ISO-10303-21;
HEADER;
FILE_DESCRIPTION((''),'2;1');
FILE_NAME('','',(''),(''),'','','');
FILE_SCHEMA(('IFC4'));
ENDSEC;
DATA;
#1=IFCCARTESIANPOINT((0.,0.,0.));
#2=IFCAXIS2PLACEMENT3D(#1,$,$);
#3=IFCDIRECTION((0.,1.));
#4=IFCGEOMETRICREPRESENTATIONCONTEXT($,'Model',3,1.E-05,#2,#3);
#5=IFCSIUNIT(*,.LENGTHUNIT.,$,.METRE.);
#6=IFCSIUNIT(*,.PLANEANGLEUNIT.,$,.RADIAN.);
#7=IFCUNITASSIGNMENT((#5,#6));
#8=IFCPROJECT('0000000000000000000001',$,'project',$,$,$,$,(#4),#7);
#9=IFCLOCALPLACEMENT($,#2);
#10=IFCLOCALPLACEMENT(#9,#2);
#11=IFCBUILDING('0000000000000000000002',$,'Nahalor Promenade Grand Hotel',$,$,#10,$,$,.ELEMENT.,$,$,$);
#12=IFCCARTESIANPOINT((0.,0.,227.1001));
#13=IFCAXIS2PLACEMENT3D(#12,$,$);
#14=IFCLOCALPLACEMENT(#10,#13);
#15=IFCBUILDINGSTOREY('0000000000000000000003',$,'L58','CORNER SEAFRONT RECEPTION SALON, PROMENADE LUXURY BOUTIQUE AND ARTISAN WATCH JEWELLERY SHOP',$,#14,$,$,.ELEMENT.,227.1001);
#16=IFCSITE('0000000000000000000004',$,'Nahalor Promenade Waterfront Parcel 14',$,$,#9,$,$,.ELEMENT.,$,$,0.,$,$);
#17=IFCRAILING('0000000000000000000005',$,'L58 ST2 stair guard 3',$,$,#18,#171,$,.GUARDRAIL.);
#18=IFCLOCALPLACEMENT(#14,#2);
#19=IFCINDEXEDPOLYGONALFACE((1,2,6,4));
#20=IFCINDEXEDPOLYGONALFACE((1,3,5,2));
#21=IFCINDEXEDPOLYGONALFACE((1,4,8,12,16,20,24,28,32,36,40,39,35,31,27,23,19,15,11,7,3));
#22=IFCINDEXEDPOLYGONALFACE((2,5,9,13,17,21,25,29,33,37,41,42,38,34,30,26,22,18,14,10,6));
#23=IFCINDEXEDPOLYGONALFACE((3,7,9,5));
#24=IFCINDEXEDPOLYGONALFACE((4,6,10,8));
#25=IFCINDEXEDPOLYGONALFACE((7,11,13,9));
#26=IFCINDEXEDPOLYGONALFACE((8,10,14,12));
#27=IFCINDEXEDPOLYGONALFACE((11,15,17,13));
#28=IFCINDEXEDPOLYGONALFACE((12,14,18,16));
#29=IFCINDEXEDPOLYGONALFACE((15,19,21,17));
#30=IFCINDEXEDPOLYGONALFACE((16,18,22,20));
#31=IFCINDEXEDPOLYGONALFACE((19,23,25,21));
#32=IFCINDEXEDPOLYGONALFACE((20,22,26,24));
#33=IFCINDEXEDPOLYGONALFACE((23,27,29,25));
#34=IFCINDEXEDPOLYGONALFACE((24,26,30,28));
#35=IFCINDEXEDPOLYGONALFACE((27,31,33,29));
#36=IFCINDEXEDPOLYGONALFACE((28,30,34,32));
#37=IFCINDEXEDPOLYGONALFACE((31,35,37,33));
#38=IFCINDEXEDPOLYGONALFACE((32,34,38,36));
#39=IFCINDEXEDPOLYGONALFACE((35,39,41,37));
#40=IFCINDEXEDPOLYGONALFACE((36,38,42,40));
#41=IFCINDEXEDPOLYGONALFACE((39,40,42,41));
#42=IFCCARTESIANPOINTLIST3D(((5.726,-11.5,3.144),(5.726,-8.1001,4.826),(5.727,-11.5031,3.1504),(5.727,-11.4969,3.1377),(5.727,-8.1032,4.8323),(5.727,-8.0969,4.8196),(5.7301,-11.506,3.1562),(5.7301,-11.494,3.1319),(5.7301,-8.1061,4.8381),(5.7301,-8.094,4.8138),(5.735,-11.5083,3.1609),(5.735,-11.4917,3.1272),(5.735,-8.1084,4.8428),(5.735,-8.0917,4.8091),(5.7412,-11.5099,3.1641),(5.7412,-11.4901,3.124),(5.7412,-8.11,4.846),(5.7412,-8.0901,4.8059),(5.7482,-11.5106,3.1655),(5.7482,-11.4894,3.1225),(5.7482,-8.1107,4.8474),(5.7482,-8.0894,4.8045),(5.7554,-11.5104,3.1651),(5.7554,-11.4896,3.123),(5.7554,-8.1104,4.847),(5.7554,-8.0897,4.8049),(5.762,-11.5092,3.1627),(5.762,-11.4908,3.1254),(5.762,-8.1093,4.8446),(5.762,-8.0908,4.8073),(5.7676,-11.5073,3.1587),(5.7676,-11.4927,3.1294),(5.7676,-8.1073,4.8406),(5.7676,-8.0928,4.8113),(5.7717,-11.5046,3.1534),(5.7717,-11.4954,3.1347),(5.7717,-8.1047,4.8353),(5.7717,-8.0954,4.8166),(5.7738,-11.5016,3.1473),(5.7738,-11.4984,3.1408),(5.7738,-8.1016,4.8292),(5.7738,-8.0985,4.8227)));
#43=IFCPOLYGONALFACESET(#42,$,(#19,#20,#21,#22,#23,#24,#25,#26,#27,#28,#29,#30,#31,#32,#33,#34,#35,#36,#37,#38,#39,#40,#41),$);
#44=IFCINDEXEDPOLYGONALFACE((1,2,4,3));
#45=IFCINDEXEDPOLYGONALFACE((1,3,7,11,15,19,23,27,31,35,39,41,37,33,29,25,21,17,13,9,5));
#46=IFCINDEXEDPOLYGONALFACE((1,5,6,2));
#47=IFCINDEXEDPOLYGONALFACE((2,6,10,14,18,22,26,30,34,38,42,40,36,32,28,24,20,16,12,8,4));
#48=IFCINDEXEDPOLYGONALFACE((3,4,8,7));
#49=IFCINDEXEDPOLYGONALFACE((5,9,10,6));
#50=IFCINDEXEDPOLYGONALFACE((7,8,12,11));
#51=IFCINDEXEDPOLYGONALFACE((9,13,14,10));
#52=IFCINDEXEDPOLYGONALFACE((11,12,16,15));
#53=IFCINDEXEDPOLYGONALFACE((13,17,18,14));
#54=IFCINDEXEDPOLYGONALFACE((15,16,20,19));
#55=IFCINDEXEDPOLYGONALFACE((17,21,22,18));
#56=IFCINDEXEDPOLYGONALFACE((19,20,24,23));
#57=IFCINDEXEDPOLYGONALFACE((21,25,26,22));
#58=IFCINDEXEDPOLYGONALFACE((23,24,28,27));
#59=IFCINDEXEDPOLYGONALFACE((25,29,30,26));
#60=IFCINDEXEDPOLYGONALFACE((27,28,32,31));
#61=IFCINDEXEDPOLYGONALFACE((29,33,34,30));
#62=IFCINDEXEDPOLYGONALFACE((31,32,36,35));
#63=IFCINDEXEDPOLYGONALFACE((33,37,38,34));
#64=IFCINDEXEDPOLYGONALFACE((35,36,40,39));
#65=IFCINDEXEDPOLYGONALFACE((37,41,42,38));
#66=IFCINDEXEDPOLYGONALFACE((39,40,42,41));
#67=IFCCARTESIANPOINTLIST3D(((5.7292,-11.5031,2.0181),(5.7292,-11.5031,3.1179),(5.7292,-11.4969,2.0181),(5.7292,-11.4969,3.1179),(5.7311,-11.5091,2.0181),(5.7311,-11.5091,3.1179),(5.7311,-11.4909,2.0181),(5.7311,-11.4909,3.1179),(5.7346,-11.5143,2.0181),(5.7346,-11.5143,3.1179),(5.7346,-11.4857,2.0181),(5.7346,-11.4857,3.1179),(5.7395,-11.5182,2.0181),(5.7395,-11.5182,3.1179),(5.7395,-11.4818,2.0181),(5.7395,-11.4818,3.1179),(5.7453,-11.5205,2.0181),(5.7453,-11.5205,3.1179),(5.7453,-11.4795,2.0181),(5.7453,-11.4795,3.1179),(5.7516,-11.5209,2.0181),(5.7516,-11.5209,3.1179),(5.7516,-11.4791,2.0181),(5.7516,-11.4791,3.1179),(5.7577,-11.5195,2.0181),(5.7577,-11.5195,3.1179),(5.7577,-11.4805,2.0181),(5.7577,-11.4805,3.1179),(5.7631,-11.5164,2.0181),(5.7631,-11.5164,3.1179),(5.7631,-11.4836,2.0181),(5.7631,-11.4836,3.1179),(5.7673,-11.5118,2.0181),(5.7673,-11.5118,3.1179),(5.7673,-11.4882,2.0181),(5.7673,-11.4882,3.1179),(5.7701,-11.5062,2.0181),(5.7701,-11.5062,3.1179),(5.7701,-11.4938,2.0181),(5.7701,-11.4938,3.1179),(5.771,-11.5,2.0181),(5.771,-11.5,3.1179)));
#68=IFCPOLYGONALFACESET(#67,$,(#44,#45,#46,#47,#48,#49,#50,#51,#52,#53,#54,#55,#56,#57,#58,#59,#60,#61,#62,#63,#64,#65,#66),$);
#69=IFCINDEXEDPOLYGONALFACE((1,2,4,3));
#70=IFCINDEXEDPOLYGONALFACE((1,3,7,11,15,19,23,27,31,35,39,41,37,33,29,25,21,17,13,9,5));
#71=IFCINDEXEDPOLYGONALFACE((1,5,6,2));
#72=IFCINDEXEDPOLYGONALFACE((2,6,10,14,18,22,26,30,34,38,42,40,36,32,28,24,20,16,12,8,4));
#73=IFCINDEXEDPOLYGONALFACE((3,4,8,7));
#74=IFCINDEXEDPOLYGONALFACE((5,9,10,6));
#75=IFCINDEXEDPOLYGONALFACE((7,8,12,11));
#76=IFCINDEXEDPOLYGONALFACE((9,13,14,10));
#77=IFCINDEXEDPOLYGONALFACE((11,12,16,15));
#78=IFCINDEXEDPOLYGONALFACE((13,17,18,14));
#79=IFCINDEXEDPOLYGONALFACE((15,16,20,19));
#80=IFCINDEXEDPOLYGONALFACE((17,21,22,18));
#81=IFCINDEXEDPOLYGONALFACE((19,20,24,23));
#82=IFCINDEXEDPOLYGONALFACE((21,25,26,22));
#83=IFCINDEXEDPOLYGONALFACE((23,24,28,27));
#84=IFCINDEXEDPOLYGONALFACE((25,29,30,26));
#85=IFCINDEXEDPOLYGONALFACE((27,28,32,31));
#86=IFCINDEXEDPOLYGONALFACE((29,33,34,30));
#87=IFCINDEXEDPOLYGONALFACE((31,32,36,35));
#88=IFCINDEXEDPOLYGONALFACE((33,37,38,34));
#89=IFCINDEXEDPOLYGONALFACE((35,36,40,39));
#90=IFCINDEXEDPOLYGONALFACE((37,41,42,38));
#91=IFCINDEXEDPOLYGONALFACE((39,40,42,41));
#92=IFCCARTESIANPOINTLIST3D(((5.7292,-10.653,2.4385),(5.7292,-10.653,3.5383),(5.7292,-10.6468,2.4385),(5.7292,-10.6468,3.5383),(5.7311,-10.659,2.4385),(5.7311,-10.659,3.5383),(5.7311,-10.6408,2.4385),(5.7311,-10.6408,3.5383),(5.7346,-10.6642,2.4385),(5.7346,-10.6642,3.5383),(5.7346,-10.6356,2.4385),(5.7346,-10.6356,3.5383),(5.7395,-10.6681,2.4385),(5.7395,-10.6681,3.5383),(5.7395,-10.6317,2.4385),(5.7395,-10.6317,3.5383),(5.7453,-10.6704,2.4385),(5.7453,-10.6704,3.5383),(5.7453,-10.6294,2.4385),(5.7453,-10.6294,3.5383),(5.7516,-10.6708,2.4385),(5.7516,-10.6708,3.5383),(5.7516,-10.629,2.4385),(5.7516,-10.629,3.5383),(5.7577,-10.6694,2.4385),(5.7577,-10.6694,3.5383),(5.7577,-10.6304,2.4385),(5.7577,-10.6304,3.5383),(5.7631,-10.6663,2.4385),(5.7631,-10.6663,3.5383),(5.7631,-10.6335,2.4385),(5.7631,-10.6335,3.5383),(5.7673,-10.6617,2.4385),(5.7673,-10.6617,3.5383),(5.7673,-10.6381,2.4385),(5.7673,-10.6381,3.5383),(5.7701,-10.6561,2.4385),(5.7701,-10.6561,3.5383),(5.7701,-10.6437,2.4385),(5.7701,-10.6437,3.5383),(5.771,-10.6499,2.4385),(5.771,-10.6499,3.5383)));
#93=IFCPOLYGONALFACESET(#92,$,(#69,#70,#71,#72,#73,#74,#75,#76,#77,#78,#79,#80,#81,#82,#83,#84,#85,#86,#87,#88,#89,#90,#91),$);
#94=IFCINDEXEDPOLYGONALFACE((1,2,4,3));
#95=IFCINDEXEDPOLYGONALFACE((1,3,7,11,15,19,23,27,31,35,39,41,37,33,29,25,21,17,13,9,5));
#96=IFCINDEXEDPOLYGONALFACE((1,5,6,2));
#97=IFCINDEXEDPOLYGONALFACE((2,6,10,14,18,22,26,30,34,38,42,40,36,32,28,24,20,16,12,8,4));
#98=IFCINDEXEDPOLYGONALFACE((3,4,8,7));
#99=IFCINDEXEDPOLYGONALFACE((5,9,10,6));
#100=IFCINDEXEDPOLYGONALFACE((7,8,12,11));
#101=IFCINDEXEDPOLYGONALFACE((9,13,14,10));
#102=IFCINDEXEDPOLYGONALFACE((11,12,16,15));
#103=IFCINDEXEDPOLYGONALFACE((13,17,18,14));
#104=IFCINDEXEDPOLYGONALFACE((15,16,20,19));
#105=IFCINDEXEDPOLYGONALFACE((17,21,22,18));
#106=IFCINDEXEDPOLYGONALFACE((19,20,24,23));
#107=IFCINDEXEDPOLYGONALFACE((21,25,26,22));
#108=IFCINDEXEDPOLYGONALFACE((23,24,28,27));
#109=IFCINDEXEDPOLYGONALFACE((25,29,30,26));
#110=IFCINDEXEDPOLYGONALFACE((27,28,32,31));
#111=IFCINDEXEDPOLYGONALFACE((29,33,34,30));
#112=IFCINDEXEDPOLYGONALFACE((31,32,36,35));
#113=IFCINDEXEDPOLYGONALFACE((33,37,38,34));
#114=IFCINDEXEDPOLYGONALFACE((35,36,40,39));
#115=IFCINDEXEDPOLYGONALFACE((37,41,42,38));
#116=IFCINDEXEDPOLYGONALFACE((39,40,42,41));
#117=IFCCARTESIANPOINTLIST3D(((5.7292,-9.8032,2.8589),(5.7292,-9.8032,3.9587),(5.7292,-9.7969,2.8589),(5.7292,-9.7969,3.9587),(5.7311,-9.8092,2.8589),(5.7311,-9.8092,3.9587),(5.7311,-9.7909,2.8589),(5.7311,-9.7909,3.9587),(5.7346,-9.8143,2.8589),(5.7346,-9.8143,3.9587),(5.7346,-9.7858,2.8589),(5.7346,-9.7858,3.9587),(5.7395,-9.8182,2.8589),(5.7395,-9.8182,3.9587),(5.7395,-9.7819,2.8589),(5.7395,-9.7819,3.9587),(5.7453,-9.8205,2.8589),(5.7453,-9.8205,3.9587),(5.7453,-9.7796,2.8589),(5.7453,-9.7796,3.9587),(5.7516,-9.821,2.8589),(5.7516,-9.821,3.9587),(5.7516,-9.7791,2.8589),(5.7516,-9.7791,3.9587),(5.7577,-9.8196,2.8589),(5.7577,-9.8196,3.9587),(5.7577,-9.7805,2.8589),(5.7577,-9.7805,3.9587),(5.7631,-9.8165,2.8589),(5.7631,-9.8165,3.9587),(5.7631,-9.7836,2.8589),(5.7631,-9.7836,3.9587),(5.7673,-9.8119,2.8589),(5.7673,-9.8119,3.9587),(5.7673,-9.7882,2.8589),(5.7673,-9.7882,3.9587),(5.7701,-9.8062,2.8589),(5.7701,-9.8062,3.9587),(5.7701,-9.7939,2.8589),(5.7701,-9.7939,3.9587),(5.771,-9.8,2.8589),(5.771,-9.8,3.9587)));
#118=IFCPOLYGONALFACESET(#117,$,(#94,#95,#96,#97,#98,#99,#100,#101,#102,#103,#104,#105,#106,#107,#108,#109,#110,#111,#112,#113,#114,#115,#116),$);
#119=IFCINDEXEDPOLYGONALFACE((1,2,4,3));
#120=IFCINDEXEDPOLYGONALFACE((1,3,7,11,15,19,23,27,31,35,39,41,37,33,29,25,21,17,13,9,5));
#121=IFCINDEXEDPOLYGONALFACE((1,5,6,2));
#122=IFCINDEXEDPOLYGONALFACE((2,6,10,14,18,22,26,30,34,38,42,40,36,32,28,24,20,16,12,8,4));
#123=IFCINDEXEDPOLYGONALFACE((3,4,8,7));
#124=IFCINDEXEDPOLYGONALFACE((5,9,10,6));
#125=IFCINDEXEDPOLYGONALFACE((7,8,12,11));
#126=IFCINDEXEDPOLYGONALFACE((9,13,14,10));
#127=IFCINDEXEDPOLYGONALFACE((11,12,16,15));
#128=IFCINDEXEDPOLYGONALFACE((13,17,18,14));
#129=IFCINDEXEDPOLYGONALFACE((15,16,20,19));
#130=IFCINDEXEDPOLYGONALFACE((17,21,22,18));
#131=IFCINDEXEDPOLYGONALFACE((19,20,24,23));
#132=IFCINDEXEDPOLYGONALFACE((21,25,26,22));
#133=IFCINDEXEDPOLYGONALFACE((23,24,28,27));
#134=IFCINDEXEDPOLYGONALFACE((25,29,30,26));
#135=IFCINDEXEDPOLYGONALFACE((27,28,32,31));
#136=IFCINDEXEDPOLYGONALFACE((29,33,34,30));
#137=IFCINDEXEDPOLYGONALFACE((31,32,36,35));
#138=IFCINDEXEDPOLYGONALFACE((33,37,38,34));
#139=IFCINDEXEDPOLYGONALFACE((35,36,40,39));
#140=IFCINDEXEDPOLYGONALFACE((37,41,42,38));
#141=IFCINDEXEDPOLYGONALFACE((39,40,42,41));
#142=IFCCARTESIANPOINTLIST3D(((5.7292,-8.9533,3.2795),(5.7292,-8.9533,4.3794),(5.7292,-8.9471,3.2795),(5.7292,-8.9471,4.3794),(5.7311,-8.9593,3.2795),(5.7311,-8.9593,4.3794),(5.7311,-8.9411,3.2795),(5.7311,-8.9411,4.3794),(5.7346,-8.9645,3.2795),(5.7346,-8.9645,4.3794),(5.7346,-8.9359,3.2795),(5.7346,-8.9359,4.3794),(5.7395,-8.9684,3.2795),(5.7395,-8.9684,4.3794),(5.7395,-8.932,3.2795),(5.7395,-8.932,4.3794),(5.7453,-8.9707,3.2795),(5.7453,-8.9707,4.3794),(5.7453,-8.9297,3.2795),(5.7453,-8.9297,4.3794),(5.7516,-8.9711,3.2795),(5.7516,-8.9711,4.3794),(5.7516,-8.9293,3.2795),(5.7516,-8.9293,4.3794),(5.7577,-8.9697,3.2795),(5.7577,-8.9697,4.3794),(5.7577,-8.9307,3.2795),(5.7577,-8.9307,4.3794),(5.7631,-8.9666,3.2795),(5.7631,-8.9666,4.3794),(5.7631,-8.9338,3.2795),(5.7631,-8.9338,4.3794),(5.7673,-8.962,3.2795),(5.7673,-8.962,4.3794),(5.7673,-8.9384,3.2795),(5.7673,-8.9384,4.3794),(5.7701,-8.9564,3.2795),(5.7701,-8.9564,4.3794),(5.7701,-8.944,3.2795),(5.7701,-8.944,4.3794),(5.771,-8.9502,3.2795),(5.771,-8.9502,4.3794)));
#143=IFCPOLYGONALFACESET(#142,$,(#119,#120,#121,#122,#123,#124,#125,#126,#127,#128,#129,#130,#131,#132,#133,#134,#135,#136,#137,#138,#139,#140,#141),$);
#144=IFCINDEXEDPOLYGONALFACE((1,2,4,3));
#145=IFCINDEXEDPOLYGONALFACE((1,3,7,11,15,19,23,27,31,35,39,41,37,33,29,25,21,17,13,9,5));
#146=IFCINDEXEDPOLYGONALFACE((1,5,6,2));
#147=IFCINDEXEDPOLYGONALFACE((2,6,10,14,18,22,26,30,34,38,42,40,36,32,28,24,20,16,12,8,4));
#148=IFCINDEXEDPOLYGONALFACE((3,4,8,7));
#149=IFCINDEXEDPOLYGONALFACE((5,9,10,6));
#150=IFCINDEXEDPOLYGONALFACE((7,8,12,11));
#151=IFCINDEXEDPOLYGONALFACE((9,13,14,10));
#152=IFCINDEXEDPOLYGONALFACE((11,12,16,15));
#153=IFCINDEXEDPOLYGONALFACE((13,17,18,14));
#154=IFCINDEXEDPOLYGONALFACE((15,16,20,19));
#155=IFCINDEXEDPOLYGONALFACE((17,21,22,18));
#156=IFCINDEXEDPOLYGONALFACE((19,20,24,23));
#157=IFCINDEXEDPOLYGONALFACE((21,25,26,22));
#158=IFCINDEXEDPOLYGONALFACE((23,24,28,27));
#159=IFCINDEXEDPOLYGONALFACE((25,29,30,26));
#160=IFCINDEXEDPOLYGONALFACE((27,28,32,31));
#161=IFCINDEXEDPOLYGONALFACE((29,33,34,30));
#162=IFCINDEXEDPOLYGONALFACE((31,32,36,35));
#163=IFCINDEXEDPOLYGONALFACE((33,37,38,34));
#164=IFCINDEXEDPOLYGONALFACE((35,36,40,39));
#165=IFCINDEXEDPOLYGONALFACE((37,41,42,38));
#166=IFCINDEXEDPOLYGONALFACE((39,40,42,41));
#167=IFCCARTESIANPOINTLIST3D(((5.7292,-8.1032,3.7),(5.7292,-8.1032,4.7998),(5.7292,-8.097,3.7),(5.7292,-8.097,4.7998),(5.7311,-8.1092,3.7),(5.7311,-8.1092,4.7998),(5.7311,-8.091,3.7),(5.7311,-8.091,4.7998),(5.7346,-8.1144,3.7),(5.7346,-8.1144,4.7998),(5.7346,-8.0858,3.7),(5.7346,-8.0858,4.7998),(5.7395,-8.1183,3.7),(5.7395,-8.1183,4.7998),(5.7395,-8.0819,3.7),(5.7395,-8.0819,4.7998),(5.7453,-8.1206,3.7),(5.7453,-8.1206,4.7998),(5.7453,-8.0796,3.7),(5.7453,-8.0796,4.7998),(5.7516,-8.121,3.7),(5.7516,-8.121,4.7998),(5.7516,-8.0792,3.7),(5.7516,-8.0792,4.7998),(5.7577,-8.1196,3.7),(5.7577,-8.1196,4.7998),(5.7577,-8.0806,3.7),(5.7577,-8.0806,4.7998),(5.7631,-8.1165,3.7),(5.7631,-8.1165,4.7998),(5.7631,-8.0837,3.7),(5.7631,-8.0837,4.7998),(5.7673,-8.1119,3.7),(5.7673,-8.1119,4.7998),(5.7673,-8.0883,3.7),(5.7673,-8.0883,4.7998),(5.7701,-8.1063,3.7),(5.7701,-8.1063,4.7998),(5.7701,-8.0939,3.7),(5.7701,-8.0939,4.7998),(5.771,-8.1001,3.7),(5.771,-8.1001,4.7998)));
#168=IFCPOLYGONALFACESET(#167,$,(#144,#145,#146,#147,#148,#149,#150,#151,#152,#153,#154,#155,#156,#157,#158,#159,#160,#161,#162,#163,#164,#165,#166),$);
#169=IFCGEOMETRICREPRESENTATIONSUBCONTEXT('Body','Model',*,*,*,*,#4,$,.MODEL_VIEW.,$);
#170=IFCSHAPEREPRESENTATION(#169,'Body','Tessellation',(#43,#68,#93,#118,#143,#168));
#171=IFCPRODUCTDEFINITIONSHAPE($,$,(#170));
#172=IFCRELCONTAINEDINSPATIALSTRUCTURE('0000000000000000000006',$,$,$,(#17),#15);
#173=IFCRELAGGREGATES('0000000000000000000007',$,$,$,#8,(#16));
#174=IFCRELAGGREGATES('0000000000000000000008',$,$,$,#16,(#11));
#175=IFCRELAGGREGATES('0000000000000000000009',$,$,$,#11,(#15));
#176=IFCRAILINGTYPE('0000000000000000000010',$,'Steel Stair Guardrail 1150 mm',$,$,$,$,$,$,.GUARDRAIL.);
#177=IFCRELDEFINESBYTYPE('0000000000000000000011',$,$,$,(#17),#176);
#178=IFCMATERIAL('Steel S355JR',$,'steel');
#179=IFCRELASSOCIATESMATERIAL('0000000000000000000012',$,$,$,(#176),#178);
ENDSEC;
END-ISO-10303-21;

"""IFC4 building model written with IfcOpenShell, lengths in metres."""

from ifc_helpers import new_model, si_unit, direction, frame, origin, origin_2d, place, context, subcontext, project, spatial, circle, extrude, material, type_object, element, save


model = new_model("IFC4")

# Units and contexts
model_context = context("Model", 3, precision=1e-05, world=origin(), true_north=direction((0.0, 1.0)))
body_context = subcontext(model_context, "Body", "Model", "MODEL_VIEW")
ifc_project = project(units=[si_unit("LENGTHUNIT", "METRE"), si_unit("PLANEANGLEUNIT", "RADIAN")], contexts=[model_context])

# Site, building, storey
site_placement = place(None, origin())
site = spatial("IfcSite", under=ifc_project, at=site_placement, Name="Nahalor Promenade Waterfront Parcel 14", CompositionType="ELEMENT", RefElevation=0.0)
building_placement = place(site_placement, origin())
building = spatial("IfcBuilding", under=site, at=building_placement, Name="Nahalor Promenade Grand Hotel", CompositionType="ELEMENT")
storey_placement = place(building_placement, frame((0.0, 0.0, 227.1001)))
storey = spatial("IfcBuildingStorey", under=building, at=storey_placement, Name="L58", Description="CORNER SEAFRONT RECEPTION SALON, PROMENADE LUXURY BOUTIQUE AND ARTISAN WATCH JEWELLERY SHOP", CompositionType="ELEMENT", Elevation=227.1001)

# Shared definitions
ifc_material_1 = material(Name="Steel S355JR", Category="steel")

# Railing
railing_type_1 = type_object("IfcRailingType", Name="Steel Stair Guardrail 1150 mm", PredefinedType="GUARDRAIL", material=ifc_material_1)
railing_1_placement = place(storey_placement, frame((5.75, -11.5, 2.0181)))
element("IfcRailing", 1, at=railing_1_placement, inside=storey, type_object=railing_type_1, Name="L58 ST2 stair guard 3", PredefinedType="GUARDRAIL", context=body_context, shape_type="SweptSolid", body=[
    extrude(circle(Radius=0.024, at=origin_2d()), frame((0.0, 0.0, 1.126), z_axis=(0.0, 0.896324, 0.443399), x_axis=(-1.0, 0.0, 0.0)), (0.0, 0.0, 1.0), 3.7932),
    extrude(circle(Radius=0.021, at=origin_2d()), origin(), (0.0, 0.0, 1.0), 1.0999),
    extrude(circle(Radius=0.021, at=origin_2d()), frame((0.0, 0.8501, 0.4204)), (0.0, 0.0, 1.0), 1.0999),
    extrude(circle(Radius=0.021, at=origin_2d()), frame((0.0, 1.7, 0.8408)), (0.0, 0.0, 1.0), 1.0999),
    extrude(circle(Radius=0.021, at=origin_2d()), frame((0.0, 2.5498, 1.2615)), (0.0, 0.0, 1.0), 1.0999),
    extrude(circle(Radius=0.021, at=origin_2d()), frame((0.0, 3.3999, 1.6819)), (0.0, 0.0, 1.0), 1.0999),
])

save(model, "model.ifc")
